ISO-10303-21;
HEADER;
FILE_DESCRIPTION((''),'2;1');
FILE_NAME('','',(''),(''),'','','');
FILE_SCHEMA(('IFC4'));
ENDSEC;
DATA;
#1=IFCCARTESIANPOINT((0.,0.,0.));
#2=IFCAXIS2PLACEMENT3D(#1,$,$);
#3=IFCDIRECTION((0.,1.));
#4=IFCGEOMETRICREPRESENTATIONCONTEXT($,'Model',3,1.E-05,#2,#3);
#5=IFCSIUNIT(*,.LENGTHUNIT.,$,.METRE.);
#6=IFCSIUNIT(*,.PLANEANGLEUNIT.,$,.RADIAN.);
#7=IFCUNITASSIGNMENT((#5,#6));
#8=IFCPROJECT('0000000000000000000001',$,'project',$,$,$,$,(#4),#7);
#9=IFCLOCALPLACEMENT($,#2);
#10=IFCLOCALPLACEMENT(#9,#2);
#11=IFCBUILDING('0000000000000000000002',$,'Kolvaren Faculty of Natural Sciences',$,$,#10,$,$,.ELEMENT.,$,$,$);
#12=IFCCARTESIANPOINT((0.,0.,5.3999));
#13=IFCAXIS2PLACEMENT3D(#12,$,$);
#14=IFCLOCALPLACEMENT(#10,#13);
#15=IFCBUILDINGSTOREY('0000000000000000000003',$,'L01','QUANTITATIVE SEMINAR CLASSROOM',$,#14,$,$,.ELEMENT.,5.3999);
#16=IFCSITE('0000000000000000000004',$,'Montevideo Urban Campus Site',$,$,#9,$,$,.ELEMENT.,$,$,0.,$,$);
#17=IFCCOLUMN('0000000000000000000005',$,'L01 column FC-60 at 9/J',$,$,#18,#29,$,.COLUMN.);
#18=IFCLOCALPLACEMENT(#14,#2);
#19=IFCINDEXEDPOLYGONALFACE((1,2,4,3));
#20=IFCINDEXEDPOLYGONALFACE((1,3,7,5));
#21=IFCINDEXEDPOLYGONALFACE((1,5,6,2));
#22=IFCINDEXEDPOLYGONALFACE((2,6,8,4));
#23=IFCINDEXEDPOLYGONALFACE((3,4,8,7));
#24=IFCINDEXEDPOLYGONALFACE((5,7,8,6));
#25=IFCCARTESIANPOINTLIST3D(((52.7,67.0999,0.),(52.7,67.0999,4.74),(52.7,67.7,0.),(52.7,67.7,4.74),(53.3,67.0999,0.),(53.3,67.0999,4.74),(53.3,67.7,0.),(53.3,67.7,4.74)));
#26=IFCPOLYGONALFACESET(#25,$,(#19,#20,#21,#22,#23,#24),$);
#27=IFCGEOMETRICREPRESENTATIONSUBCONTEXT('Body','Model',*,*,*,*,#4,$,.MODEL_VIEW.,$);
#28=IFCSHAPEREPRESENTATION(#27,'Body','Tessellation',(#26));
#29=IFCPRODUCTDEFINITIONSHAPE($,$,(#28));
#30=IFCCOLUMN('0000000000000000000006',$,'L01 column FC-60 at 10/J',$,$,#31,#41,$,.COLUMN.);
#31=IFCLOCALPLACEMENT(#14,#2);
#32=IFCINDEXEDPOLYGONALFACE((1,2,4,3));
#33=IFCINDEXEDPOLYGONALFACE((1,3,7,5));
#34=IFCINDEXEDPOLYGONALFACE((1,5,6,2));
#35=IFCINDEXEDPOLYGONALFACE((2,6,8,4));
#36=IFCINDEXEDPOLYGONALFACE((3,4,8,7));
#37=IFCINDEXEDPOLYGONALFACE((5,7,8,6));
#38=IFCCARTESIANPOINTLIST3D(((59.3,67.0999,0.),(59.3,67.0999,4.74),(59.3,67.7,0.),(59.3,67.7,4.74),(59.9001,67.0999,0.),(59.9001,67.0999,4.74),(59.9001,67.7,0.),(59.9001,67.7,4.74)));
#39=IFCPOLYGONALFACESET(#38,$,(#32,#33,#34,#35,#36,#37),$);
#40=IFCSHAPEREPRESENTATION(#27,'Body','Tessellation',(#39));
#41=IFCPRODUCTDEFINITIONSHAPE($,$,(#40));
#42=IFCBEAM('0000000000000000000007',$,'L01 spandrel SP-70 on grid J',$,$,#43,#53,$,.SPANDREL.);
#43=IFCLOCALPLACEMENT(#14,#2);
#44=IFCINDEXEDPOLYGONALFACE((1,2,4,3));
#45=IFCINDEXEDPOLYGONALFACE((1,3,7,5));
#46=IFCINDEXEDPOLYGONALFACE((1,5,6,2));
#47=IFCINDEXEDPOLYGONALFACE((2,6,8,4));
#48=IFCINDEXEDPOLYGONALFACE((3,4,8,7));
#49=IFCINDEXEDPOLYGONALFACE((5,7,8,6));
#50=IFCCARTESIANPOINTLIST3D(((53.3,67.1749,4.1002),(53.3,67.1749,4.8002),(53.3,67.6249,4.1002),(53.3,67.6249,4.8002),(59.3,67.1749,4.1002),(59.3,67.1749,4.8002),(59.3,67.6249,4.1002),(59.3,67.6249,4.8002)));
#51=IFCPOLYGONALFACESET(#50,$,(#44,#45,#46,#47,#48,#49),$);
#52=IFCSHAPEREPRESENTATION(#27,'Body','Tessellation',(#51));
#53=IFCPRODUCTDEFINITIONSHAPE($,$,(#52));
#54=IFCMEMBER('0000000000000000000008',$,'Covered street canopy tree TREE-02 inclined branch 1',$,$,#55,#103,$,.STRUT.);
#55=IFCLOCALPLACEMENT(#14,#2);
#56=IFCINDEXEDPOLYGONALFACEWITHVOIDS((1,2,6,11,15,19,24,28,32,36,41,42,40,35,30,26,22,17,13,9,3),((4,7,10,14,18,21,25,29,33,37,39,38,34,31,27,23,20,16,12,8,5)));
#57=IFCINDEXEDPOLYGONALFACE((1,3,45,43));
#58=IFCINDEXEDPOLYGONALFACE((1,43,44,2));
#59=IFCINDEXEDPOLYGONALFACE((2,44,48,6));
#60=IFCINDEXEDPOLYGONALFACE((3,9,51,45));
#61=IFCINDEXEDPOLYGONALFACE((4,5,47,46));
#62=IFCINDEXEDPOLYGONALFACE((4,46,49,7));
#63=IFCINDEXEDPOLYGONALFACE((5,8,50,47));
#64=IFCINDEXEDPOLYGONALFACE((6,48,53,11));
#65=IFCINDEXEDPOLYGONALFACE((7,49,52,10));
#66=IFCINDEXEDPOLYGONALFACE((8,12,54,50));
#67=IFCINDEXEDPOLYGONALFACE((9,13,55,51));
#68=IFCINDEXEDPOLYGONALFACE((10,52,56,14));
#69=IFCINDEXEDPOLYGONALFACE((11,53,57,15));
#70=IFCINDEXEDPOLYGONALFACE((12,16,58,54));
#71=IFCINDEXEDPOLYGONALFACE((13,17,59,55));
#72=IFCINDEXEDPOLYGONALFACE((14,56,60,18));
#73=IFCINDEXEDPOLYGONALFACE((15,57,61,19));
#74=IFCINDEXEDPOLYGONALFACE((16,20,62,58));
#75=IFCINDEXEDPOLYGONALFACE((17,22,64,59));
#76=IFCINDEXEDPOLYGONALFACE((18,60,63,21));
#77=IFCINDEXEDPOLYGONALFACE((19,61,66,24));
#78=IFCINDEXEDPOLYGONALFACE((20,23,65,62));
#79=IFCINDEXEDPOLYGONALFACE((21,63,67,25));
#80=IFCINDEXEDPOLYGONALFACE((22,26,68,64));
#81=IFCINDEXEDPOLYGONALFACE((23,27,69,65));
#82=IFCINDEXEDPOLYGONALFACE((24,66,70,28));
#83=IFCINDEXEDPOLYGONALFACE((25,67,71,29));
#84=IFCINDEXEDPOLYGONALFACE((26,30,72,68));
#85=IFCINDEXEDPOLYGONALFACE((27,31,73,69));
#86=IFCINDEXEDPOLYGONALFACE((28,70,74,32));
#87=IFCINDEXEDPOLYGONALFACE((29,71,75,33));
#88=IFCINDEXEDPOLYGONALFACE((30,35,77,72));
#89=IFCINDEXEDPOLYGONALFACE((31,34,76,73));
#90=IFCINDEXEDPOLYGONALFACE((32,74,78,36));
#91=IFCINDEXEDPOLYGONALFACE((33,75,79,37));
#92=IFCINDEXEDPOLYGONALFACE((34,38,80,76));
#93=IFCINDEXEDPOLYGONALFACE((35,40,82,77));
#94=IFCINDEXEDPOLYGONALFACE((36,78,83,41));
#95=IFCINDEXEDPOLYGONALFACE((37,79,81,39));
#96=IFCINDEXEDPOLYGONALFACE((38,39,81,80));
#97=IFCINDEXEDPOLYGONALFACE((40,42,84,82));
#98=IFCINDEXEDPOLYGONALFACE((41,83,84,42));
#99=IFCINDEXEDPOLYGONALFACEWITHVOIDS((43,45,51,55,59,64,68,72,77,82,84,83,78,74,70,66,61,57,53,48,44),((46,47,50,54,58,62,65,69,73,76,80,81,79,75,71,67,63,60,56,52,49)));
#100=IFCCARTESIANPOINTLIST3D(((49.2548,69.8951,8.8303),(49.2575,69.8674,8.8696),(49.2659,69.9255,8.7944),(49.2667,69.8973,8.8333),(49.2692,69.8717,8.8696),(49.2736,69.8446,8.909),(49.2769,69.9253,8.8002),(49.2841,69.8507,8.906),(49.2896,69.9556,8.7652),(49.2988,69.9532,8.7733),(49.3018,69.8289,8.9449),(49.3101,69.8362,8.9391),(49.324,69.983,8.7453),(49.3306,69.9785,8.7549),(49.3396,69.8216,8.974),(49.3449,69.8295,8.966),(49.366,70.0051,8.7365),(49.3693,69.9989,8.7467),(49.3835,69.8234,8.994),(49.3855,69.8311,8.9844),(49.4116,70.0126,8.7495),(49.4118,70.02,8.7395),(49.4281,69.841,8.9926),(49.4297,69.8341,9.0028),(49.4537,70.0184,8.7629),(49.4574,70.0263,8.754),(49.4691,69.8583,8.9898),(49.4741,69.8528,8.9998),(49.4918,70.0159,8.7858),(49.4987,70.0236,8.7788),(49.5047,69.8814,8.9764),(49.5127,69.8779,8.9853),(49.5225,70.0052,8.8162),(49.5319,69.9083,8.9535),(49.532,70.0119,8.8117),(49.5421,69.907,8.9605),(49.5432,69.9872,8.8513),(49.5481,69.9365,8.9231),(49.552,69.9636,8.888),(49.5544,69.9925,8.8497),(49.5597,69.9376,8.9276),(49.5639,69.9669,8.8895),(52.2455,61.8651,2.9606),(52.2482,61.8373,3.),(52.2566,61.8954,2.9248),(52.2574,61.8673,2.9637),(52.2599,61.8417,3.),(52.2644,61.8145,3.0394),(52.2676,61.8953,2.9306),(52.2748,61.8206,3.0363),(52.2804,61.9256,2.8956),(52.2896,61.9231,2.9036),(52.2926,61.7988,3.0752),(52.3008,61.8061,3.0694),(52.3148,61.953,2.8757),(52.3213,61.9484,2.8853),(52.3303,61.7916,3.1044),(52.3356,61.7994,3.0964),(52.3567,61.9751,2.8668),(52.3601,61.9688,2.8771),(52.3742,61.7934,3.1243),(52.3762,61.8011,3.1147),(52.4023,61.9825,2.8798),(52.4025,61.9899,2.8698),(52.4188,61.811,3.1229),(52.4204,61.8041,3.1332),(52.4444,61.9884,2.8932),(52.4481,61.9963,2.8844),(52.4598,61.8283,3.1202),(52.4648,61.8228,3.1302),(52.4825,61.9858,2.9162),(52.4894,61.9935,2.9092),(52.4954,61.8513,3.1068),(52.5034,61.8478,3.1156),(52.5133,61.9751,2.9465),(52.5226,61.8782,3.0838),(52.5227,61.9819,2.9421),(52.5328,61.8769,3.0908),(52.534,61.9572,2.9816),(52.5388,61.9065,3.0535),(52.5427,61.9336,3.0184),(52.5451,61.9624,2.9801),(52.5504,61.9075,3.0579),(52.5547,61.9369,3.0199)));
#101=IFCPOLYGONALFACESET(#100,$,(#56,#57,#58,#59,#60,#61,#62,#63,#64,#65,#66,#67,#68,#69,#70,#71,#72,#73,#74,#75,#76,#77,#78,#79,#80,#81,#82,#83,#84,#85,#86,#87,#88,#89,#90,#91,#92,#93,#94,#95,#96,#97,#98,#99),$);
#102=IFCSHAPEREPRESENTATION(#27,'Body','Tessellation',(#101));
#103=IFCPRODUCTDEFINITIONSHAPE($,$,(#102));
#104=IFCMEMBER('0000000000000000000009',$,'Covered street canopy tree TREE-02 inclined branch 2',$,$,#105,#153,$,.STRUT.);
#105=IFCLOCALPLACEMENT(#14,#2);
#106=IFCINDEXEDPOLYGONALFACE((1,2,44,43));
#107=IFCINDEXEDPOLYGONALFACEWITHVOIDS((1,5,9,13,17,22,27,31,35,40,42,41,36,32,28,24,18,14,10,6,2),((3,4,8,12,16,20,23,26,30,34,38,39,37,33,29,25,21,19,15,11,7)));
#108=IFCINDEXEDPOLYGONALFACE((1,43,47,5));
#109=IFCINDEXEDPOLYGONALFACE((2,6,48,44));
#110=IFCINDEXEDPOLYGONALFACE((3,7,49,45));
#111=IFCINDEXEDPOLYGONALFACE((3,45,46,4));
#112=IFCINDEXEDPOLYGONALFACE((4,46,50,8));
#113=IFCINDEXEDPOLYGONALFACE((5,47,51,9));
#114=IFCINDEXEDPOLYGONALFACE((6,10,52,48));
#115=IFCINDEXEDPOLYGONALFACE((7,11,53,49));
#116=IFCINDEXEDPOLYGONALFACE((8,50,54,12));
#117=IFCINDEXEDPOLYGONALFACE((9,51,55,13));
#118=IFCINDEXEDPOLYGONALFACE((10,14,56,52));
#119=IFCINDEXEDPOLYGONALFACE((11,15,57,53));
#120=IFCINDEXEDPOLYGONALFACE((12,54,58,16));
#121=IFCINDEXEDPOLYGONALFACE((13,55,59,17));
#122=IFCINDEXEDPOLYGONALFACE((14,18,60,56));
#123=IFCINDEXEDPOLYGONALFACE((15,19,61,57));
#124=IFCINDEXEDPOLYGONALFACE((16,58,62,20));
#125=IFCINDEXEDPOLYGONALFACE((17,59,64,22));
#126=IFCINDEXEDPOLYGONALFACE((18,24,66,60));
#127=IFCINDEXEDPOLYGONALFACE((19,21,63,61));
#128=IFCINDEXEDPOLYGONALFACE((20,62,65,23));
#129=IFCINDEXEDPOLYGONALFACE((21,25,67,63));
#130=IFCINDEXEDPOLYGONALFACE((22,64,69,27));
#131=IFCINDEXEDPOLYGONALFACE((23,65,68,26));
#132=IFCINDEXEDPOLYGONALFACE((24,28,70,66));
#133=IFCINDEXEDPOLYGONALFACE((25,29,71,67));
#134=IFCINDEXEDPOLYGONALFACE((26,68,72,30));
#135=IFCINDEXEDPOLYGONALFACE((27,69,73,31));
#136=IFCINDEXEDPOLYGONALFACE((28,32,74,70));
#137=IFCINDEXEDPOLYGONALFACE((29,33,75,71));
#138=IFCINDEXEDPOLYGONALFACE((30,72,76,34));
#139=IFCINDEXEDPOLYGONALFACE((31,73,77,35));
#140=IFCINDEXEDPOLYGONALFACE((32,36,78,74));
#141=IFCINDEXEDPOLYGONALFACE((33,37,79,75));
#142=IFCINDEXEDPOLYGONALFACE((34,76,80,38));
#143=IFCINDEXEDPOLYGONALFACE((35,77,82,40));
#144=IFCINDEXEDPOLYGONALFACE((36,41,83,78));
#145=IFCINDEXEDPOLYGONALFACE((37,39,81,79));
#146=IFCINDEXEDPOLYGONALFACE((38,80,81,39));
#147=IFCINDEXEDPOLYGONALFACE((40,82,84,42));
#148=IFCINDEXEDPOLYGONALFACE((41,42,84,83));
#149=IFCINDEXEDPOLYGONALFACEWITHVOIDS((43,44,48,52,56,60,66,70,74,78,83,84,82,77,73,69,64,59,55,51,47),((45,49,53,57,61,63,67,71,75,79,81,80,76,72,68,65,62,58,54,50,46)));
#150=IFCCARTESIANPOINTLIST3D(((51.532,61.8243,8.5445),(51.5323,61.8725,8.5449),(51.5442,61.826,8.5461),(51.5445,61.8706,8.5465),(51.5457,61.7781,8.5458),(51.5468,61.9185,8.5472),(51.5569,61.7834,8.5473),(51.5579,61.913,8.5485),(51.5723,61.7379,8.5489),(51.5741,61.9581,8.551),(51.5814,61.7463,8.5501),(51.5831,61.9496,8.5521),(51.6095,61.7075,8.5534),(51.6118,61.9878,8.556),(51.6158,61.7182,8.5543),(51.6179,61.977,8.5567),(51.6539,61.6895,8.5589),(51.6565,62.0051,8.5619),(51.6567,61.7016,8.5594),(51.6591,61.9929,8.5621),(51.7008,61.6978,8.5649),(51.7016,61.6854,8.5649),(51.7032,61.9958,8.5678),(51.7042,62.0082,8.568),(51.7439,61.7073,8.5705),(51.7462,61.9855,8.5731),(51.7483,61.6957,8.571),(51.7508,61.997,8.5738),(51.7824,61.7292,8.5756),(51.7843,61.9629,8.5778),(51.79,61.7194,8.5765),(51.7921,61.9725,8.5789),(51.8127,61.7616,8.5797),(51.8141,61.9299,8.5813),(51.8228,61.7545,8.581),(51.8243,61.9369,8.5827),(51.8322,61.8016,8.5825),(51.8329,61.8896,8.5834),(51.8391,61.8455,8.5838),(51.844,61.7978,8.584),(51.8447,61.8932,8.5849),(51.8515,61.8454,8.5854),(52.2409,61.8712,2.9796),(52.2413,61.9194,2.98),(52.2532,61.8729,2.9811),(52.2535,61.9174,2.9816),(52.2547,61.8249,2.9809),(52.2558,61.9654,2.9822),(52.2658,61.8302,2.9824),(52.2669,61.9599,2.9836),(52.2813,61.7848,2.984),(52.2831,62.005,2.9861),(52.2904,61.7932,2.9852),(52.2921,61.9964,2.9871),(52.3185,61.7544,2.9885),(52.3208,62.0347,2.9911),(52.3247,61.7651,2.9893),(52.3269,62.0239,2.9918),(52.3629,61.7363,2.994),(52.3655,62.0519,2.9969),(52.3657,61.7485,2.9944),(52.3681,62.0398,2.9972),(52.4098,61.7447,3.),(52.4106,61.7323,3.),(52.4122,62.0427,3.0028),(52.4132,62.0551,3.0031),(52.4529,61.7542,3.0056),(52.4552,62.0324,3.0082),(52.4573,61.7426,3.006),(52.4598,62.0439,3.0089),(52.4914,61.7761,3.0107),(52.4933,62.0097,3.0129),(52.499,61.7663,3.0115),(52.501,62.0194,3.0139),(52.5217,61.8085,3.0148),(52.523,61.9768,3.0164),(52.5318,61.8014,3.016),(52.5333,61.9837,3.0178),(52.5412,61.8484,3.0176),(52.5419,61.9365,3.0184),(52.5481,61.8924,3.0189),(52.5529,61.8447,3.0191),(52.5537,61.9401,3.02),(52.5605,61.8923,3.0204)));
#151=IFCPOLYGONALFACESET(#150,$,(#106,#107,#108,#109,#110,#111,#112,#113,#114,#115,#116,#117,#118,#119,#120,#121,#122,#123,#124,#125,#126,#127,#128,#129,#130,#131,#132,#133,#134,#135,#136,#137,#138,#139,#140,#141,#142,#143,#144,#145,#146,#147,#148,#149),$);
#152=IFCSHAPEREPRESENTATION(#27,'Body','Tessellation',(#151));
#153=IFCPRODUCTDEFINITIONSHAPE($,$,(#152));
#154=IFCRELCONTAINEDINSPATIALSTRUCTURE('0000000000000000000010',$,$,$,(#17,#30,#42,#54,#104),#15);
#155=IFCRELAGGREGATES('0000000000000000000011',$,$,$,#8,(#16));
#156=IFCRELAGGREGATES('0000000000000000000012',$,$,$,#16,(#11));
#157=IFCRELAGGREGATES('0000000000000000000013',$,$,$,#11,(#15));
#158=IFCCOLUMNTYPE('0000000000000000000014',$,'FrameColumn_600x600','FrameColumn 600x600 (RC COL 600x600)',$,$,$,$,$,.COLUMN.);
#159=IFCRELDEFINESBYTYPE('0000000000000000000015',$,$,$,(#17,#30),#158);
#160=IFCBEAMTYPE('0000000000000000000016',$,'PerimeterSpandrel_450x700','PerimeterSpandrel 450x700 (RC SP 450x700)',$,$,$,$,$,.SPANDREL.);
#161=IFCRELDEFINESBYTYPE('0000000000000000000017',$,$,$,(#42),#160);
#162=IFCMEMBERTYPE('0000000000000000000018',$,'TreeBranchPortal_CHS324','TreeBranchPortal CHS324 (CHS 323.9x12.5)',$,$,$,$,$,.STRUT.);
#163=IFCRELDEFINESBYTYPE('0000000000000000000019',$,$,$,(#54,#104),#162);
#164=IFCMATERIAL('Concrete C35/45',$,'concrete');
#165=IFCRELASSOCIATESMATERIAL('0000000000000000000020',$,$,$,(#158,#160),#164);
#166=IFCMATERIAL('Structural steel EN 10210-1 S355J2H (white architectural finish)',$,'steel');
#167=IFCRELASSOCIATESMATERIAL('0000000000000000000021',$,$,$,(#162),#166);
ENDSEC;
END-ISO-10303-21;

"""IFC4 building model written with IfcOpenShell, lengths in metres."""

from ifc_helpers import new_model, si_unit, direction, frame, origin, origin_2d, place, context, subcontext, project, spatial, rectangle, hollow_circle, extrude, material, material_profile, profile_set, type_object, element, save


model = new_model("IFC4")

# Units and contexts
model_context = context("Model", 3, precision=1e-05, world=origin(), true_north=direction((0.0, 1.0)))
body_context = subcontext(model_context, "Body", "Model", "MODEL_VIEW")
ifc_project = project(units=[si_unit("LENGTHUNIT", "METRE"), si_unit("PLANEANGLEUNIT", "RADIAN")], contexts=[model_context])

# Site, building, storey
site_placement = place(None, origin())
site = spatial("IfcSite", under=ifc_project, at=site_placement, Name="Montevideo Urban Campus Site", CompositionType="ELEMENT", RefElevation=0.0)
building_placement = place(site_placement, origin())
building = spatial("IfcBuilding", under=site, at=building_placement, Name="Kolvaren Faculty of Natural Sciences", CompositionType="ELEMENT")
storey_placement = place(building_placement, frame((0.0, 0.0, 5.3999)))
storey = spatial("IfcBuildingStorey", under=building, at=storey_placement, Name="L01", Description="QUANTITATIVE SEMINAR CLASSROOM", CompositionType="ELEMENT", Elevation=5.3999)

# Columns
ifc_material_1 = material(Name="Concrete C35/45", Category="concrete")
ifc_material_profile_1 = material_profile(ifc_material_1, rectangle(XDim=0.6001, YDim=0.6001, at=origin_2d()), Name="RC COL 600x600")
ifc_profile_set_1 = profile_set([ifc_material_profile_1], Name="Concrete C35/45")
column_type = type_object("IfcColumnType", Name="FrameColumn_600x600", Description="FrameColumn 600x600 (RC COL 600x600)", PredefinedType="COLUMN", material=ifc_profile_set_1)
for number, where, z_axis, x_axis, name in (
    (1, (53.0, 67.3999, 0.0), (0.0, 0.0, 1.0), (1.0, 0.0, 0.0), "L01 column FC-60 at 9/J"),
    (2, (59.6001, 67.3999, 0.0), (0.0, 0.0, 1.0), (1.0, 0.0, 0.0), "L01 column FC-60 at 10/J"),
):
    element("IfcColumn", number, at=place(storey_placement, frame(where, z_axis=z_axis, x_axis=x_axis)), inside=storey, type_object=column_type, Name=name, PredefinedType="COLUMN", context=body_context, shape_type="SweptSolid", body=[
        extrude(rectangle(XDim=0.6001, YDim=0.6001, at=origin_2d()), origin(), (0.0, 0.0, 1.0), 4.74),
    ])

# Beam
ifc_material_profile_2 = material_profile(ifc_material_1, rectangle(XDim=0.45, YDim=0.7, at=origin_2d()), Name="RC SP 450x700")
ifc_profile_set_2 = profile_set([ifc_material_profile_2], Name="Concrete C35/45")
beam_type = type_object("IfcBeamType", Name="PerimeterSpandrel_450x700", Description="PerimeterSpandrel 450x700 (RC SP 450x700)", PredefinedType="SPANDREL", material=ifc_profile_set_2)
beam_placement = place(storey_placement, frame((53.3, 67.3999, 4.4502), z_axis=(1.0, 0.0, 0.0), x_axis=(0.0, 1.0, 0.0)))
element("IfcBeam", 3, at=beam_placement, inside=storey, type_object=beam_type, Name="L01 spandrel SP-70 on grid J", PredefinedType="SPANDREL", context=body_context, shape_type="SweptSolid", body=[
    extrude(rectangle(XDim=0.45, YDim=0.7, at=origin_2d()), origin(), (0.0, 0.0, 1.0), 6.0),
])

# Members
ifc_material_2 = material(Name="Structural steel EN 10210-1 S355J2H (white architectural finish)", Category="steel")
ifc_material_profile_3 = material_profile(ifc_material_2, hollow_circle(Radius=0.1619, WallThickness=0.0125, at=origin_2d()), Name="CHS 323.9x12.5")
ifc_profile_set_3 = profile_set([ifc_material_profile_3], Name="Structural steel EN 10210-1 S355J2H (white architectural finish)")
member_type_1 = type_object("IfcMemberType", Name="TreeBranchPortal_CHS324", Description="TreeBranchPortal CHS324 (CHS 323.9x12.5)", PredefinedType="STRUT", material=ifc_profile_set_3)
member_1_placement = place(storey_placement, frame((52.3999, 61.8938, 3.0), z_axis=(-0.287945, 0.773126, 0.565124), x_axis=(-0.937115, -0.349021, 0.0)))
element("IfcMember", 4, at=member_1_placement, inside=storey, type_object=member_type_1, Name="Covered street canopy tree TREE-02 inclined branch 1", PredefinedType="STRUT", context=body_context, shape_type="SweptSolid", body=[
    extrude(hollow_circle(Radius=0.1619, WallThickness=0.0125, at=origin_2d()), origin(), (0.0, 0.0, 1.0), 10.3865),
])
member_2_placement = place(storey_placement, frame((52.3999, 61.8938, 3.0), z_axis=(-0.126376, -0.008355, 0.991947), x_axis=(0.065972, -0.997821, 0.0)))
element("IfcMember", 5, at=member_2_placement, inside=storey, type_object=member_type_1, Name="Covered street canopy tree TREE-02 inclined branch 2", PredefinedType="STRUT", context=body_context, shape_type="SweptSolid", body=[
    extrude(hollow_circle(Radius=0.1619, WallThickness=0.0125, at=origin_2d()), origin(), (0.0, 0.0, 1.0), 5.6101),
])

save(model, "model.ifc")
